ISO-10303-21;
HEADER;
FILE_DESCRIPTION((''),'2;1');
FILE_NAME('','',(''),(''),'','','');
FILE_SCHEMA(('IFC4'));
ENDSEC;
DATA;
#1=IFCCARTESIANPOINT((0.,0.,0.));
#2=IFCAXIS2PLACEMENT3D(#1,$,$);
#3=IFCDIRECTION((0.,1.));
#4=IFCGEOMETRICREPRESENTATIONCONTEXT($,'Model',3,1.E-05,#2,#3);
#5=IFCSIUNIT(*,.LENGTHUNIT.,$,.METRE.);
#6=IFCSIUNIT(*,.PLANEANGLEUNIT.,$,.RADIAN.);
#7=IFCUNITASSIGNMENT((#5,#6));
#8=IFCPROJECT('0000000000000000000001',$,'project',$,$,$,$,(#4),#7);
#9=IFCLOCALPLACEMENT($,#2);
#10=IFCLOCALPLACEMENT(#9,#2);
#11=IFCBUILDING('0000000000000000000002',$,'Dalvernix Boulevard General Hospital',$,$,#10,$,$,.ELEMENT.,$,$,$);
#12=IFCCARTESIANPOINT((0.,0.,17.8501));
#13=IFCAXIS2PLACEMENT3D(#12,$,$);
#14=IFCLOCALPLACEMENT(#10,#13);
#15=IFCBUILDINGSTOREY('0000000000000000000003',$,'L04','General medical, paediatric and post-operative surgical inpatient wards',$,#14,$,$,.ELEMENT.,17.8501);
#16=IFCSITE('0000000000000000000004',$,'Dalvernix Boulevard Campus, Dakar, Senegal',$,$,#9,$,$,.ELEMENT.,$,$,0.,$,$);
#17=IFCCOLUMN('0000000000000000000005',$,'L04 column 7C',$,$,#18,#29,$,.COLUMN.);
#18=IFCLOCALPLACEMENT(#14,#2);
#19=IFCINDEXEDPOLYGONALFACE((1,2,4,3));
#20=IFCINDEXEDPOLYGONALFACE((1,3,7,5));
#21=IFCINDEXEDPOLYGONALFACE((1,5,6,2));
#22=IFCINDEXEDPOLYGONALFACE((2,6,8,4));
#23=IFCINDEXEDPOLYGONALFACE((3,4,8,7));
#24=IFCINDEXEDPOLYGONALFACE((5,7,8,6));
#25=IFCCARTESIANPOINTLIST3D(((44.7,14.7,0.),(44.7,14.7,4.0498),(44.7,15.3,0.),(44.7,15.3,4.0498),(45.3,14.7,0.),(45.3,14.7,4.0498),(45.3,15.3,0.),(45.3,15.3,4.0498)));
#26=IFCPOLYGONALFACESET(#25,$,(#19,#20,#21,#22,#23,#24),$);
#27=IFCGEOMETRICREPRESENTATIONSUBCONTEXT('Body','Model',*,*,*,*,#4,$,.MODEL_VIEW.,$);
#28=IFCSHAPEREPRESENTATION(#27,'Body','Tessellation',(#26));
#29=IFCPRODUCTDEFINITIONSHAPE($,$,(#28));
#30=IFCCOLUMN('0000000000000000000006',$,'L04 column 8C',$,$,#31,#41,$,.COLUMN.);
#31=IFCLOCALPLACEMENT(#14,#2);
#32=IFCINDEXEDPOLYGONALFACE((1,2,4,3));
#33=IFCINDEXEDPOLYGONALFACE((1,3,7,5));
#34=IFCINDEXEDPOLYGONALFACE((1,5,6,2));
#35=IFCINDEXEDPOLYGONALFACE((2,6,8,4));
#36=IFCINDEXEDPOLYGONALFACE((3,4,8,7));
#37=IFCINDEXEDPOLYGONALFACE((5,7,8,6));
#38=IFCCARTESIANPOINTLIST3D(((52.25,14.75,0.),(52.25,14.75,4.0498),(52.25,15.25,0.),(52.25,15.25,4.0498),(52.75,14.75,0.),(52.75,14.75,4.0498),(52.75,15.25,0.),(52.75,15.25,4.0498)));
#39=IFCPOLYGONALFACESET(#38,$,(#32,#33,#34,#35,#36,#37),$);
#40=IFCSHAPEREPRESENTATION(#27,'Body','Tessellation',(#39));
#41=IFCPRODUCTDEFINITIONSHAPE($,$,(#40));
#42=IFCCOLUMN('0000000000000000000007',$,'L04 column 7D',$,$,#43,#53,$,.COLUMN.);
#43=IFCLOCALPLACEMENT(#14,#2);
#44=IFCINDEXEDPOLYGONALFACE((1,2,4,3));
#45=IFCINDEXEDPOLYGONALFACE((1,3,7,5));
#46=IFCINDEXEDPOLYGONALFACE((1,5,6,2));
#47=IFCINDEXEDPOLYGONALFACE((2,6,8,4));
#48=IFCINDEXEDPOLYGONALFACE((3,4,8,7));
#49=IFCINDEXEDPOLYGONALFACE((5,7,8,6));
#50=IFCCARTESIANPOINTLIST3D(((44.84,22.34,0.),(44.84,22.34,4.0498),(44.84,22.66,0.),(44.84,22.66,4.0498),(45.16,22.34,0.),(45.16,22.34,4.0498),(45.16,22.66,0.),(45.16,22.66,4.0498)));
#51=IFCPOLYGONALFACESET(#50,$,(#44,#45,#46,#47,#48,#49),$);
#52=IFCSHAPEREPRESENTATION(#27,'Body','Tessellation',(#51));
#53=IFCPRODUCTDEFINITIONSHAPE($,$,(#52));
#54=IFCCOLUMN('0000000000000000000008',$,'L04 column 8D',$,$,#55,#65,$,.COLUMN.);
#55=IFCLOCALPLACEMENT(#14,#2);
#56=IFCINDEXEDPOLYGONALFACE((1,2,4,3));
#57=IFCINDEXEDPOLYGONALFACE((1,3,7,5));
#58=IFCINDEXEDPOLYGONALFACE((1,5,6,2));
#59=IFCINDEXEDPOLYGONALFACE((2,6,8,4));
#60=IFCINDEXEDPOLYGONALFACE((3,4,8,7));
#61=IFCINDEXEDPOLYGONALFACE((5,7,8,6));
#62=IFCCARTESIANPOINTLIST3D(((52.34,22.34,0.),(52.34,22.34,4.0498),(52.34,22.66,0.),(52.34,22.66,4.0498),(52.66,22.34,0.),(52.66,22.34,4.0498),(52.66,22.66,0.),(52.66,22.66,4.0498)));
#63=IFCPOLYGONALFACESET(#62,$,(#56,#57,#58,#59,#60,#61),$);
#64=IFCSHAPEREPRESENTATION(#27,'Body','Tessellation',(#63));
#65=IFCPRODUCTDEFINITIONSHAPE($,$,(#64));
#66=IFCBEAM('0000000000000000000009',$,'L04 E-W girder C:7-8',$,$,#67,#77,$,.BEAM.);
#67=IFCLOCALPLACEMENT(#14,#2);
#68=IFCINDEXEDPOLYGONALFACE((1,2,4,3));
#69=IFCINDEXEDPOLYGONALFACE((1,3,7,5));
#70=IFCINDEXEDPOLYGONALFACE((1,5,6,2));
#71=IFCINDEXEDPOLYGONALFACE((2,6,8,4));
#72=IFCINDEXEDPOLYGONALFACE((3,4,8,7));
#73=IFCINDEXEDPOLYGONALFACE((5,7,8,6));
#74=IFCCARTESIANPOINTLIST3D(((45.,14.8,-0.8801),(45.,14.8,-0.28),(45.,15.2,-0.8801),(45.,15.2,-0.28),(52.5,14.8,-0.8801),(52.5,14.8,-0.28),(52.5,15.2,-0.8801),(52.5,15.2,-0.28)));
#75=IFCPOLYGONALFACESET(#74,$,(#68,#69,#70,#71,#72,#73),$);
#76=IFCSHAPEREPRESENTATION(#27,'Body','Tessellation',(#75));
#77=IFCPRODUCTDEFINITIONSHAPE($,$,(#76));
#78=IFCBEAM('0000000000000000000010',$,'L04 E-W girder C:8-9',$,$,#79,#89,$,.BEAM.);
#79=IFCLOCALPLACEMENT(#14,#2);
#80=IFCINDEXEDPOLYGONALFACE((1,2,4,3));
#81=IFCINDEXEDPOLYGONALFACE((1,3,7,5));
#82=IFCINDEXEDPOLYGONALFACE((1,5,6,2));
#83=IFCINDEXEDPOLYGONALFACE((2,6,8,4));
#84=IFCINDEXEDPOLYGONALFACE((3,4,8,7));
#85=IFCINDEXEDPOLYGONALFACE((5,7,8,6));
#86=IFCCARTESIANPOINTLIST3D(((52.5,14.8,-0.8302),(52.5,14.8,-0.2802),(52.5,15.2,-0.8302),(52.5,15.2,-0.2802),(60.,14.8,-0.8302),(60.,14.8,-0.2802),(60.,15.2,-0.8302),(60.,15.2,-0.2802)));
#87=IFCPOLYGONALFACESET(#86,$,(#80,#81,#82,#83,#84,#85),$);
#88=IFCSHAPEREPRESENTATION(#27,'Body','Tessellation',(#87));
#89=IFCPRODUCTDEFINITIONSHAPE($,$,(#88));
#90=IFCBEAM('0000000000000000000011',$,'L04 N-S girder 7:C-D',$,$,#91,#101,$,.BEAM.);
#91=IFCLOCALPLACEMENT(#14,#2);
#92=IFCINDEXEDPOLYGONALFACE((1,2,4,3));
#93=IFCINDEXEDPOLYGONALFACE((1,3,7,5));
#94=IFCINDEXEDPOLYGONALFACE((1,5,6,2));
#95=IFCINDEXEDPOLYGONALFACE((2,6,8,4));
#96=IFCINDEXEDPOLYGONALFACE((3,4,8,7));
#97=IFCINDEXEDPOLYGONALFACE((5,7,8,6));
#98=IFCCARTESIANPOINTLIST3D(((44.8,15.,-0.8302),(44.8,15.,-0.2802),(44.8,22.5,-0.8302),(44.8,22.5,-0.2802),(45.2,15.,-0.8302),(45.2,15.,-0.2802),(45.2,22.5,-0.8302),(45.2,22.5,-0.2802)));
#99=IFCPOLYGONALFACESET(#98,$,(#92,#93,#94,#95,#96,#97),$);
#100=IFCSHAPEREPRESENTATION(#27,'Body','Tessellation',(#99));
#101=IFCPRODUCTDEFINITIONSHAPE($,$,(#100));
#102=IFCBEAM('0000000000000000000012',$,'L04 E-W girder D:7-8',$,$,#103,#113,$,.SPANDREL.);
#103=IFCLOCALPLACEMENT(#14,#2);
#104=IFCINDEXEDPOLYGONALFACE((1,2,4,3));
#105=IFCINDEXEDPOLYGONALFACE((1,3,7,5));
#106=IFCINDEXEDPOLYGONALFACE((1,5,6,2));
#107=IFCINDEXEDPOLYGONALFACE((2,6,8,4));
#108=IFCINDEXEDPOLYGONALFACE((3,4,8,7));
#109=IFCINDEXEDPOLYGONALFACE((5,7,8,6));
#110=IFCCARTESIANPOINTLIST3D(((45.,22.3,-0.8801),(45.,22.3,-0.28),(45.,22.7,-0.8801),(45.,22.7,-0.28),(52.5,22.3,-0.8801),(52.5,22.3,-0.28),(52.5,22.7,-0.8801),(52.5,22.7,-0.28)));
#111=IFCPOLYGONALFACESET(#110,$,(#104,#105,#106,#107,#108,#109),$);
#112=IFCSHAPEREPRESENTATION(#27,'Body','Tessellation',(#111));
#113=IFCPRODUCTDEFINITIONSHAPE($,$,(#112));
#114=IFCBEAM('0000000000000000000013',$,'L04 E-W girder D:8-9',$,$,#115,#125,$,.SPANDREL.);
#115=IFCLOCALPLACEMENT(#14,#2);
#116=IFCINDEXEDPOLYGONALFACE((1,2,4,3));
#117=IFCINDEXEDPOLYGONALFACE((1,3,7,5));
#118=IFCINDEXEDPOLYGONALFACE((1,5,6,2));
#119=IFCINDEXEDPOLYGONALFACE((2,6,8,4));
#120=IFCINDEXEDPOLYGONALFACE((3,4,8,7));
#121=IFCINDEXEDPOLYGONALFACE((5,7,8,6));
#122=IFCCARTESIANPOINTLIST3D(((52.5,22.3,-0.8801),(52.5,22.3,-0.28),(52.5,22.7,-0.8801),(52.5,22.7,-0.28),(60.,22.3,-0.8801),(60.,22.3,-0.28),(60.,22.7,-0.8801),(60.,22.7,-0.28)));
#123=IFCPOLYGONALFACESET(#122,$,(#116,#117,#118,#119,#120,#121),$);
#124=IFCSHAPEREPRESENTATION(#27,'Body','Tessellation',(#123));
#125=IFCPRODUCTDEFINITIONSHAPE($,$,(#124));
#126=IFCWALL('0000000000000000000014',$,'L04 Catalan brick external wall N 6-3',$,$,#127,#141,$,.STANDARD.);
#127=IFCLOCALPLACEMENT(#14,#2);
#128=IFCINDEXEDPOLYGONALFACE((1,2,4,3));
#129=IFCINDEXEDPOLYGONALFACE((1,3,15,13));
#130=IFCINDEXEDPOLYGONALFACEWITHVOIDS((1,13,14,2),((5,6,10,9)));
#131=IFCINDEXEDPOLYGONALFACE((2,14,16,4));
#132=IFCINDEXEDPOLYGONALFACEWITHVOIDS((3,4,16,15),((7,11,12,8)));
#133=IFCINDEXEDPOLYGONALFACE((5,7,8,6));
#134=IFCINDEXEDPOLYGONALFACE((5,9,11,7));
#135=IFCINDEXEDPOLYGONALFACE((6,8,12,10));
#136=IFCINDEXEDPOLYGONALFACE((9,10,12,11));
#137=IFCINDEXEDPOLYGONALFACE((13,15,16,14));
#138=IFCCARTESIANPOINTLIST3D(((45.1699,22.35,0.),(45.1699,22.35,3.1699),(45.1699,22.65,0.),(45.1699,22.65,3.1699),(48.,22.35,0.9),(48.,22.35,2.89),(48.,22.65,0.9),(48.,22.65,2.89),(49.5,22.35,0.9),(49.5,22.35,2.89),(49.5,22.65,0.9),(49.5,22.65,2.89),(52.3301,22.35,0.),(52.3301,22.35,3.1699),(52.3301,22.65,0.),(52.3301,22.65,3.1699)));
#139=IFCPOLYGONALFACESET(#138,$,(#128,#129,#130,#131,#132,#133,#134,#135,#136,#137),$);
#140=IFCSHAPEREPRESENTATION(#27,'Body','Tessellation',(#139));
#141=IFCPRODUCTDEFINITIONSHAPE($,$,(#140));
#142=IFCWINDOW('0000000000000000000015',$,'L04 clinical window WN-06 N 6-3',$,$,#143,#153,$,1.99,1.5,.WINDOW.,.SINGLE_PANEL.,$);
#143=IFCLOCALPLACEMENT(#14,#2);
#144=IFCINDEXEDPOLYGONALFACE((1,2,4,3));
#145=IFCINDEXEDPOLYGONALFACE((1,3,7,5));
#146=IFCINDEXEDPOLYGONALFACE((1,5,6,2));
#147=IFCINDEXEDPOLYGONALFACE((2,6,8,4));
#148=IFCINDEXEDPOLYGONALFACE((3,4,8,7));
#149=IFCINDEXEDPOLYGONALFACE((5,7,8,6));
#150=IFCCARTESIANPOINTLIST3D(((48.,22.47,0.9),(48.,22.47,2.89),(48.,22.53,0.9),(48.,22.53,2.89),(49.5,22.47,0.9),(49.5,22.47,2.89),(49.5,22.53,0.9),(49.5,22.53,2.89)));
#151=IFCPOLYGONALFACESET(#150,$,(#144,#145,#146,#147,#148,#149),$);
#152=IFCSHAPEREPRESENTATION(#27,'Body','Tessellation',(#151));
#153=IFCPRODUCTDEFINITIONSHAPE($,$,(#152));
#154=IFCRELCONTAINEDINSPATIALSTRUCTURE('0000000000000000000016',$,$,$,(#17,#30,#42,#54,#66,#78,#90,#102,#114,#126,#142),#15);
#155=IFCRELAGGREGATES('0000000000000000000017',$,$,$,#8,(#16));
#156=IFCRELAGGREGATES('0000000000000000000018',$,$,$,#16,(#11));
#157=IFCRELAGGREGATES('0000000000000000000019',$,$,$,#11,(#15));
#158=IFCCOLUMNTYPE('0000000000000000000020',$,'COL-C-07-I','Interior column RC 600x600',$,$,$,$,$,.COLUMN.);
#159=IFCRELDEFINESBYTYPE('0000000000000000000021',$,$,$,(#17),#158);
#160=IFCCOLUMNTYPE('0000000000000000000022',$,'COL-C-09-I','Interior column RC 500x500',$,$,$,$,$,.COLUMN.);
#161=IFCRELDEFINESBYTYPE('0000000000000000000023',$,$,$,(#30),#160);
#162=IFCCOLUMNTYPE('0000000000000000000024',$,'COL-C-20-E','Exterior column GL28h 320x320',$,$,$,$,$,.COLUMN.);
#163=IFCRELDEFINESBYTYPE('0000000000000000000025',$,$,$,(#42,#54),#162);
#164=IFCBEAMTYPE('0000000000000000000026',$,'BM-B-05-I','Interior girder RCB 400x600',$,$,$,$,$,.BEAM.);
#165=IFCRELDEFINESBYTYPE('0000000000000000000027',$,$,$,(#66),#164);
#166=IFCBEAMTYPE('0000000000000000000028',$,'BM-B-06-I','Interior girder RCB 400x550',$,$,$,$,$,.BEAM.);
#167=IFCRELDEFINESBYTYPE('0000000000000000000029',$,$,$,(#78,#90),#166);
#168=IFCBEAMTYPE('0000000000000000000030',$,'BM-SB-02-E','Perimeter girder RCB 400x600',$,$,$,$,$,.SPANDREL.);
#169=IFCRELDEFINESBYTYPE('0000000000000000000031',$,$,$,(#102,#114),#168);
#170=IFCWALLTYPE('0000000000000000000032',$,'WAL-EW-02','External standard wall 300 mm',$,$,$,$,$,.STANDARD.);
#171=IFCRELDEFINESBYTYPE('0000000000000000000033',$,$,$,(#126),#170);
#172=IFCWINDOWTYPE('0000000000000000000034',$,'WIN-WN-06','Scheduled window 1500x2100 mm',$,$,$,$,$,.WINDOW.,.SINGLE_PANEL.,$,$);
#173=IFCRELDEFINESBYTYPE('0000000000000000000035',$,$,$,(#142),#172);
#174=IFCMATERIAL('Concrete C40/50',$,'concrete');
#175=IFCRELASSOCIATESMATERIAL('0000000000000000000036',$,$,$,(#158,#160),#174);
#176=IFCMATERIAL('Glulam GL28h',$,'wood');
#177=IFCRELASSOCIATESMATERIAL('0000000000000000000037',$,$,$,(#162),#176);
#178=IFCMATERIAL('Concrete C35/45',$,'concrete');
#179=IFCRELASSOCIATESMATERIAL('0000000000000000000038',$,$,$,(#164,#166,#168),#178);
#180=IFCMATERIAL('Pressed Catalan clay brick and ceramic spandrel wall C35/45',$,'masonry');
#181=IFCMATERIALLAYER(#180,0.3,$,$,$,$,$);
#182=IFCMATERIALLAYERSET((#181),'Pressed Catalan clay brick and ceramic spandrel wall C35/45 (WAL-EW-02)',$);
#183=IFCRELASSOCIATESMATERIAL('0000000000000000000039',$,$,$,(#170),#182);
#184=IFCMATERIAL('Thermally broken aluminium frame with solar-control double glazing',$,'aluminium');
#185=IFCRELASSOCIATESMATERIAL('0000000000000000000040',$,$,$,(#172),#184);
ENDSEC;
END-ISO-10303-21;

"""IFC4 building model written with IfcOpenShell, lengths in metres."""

from ifc_helpers import new_model, si_unit, direction, frame, frame_2d, origin, origin_2d, place, context, subcontext, project, spatial, rectangle, extrude, material, layer, layer_set, material_profile, profile_set, type_object, element, fill, save


model = new_model("IFC4")

# Units and contexts
model_context = context("Model", 3, precision=1e-05, world=origin(), true_north=direction((0.0, 1.0)))
body_context = subcontext(model_context, "Body", "Model", "MODEL_VIEW")
ifc_project = project(units=[si_unit("LENGTHUNIT", "METRE"), si_unit("PLANEANGLEUNIT", "RADIAN")], contexts=[model_context])

# Site, building, storey
site_placement = place(None, origin())
site = spatial("IfcSite", under=ifc_project, at=site_placement, Name="Dalvernix Boulevard Campus, Dakar, Senegal", CompositionType="ELEMENT", RefElevation=0.0)
building_placement = place(site_placement, origin())
building = spatial("IfcBuilding", under=site, at=building_placement, Name="Dalvernix Boulevard General Hospital", CompositionType="ELEMENT")
storey_placement = place(building_placement, frame((0.0, 0.0, 17.8501)))
storey = spatial("IfcBuildingStorey", under=building, at=storey_placement, Name="L04", Description="General medical, paediatric and post-operative surgical inpatient wards", CompositionType="ELEMENT", Elevation=17.8501)

# Columns
ifc_material_1 = material(Name="Concrete C40/50", Category="concrete")
ifc_material_profile_1 = material_profile(ifc_material_1, rectangle(XDim=0.6001, YDim=0.6001, at=origin_2d()), Name="RC 600x600")
ifc_profile_set_1 = profile_set([ifc_material_profile_1], Name="Concrete C40/50")
column_type_1 = type_object("IfcColumnType", Name="COL-C-07-I", Description="Interior column RC 600x600", PredefinedType="COLUMN", material=ifc_profile_set_1)
column_1_placement = place(storey_placement, frame((45.0, 15.0, 0.0), z_axis=(0.0, 0.0, 1.0), x_axis=(1.0, 0.0, 0.0)))
element("IfcColumn", 1, at=column_1_placement, inside=storey, type_object=column_type_1, Name="L04 column 7C", PredefinedType="COLUMN", context=body_context, shape_type="SweptSolid", body=[
    extrude(rectangle(XDim=0.6001, YDim=0.6001, at=origin_2d()), origin(), (0.0, 0.0, 1.0), 4.0498),
])
ifc_material_profile_2 = material_profile(ifc_material_1, rectangle(XDim=0.5, YDim=0.5, at=origin_2d()), Name="RC 500x500")
ifc_profile_set_2 = profile_set([ifc_material_profile_2], Name="Concrete C40/50")
column_type_2 = type_object("IfcColumnType", Name="COL-C-09-I", Description="Interior column RC 500x500", PredefinedType="COLUMN", material=ifc_profile_set_2)
column_2_placement = place(storey_placement, frame((52.5, 15.0, 0.0), z_axis=(0.0, 0.0, 1.0), x_axis=(1.0, 0.0, 0.0)))
element("IfcColumn", 2, at=column_2_placement, inside=storey, type_object=column_type_2, Name="L04 column 8C", PredefinedType="COLUMN", context=body_context, shape_type="SweptSolid", body=[
    extrude(rectangle(XDim=0.5, YDim=0.5, at=origin_2d()), origin(), (0.0, 0.0, 1.0), 4.0498),
])
ifc_material_2 = material(Name="Glulam GL28h", Category="wood")
ifc_material_profile_3 = material_profile(ifc_material_2, rectangle(XDim=0.3201, YDim=0.3201, at=origin_2d()), Name="GL28h 320x320")
ifc_profile_set_3 = profile_set([ifc_material_profile_3], Name="Glulam GL28h")
column_type_3 = type_object("IfcColumnType", Name="COL-C-20-E", Description="Exterior column GL28h 320x320", PredefinedType="COLUMN", material=ifc_profile_set_3)
for number, where, z_axis, x_axis, name in (
    (3, (45.0, 22.5, 0.0), (0.0, 0.0, 1.0), (1.0, 0.0, 0.0), "L04 column 7D"),
    (4, (52.5, 22.5, 0.0), (0.0, 0.0, 1.0), (1.0, 0.0, 0.0), "L04 column 8D"),
):
    element("IfcColumn", number, at=place(storey_placement, frame(where, z_axis=z_axis, x_axis=x_axis)), inside=storey, type_object=column_type_3, Name=name, PredefinedType="COLUMN", context=body_context, shape_type="SweptSolid", body=[
        extrude(rectangle(XDim=0.3201, YDim=0.3201, at=origin_2d()), origin(), (0.0, 0.0, 1.0), 4.0498),
    ])

# Beams
ifc_material_3 = material(Name="Concrete C35/45", Category="concrete")
ifc_material_profile_4 = material_profile(ifc_material_3, rectangle(XDim=0.3999, YDim=0.6001, at=origin_2d()), Name="RCB 400x600")
ifc_profile_set_4 = profile_set([ifc_material_profile_4], Name="Concrete C35/45")
beam_type_1 = type_object("IfcBeamType", Name="BM-B-05-I", Description="Interior girder RCB 400x600", PredefinedType="BEAM", material=ifc_profile_set_4)
beam_placement = place(storey_placement, frame((45.0, 15.0, -0.5801), z_axis=(1.0, 0.0, 0.0), x_axis=(0.0, 1.0, 0.0)))
element("IfcBeam", 5, at=beam_placement, inside=storey, type_object=beam_type_1, Name="L04 E-W girder C:7-8", PredefinedType="BEAM", context=body_context, shape_type="SweptSolid", body=[
    extrude(rectangle(XDim=0.3999, YDim=0.6001, at=origin_2d()), origin(), (0.0, 0.0, 1.0), 7.5),
])
ifc_material_profile_5 = material_profile(ifc_material_3, rectangle(XDim=0.3999, YDim=0.55, at=origin_2d()), Name="RCB 400x550")
ifc_profile_set_5 = profile_set([ifc_material_profile_5], Name="Concrete C35/45")
beam_type_2 = type_object("IfcBeamType", Name="BM-B-06-I", Description="Interior girder RCB 400x550", PredefinedType="BEAM", material=ifc_profile_set_5)
for number, where, z_axis, x_axis, name in (
    (6, (52.5, 15.0, -0.5552), (1.0, 0.0, 0.0), (0.0, 1.0, 0.0), "L04 E-W girder C:8-9"),
    (7, (45.0, 15.0, -0.5552), (0.0, 1.0, 0.0), (-1.0, 0.0, 0.0), "L04 N-S girder 7:C-D"),
):
    element("IfcBeam", number, at=place(storey_placement, frame(where, z_axis=z_axis, x_axis=x_axis)), inside=storey, type_object=beam_type_2, Name=name, PredefinedType="BEAM", context=body_context, shape_type="SweptSolid", body=[
        extrude(rectangle(XDim=0.3999, YDim=0.55, at=origin_2d()), origin(), (0.0, 0.0, 1.0), 7.5),
    ])
ifc_material_profile_6 = material_profile(ifc_material_3, rectangle(XDim=0.3999, YDim=0.6001, at=origin_2d()), Name="RCB 400x600")
ifc_profile_set_6 = profile_set([ifc_material_profile_6], Name="Concrete C35/45")
beam_type_3 = type_object("IfcBeamType", Name="BM-SB-02-E", Description="Perimeter girder RCB 400x600", PredefinedType="SPANDREL", material=ifc_profile_set_6)
for number, where, z_axis, x_axis, name in (
    (8, (45.0, 22.5, -0.5801), (1.0, 0.0, 0.0), (0.0, 1.0, 0.0), "L04 E-W girder D:7-8"),
    (9, (52.5, 22.5, -0.5801), (1.0, 0.0, 0.0), (0.0, 1.0, 0.0), "L04 E-W girder D:8-9"),
):
    element("IfcBeam", number, at=place(storey_placement, frame(where, z_axis=z_axis, x_axis=x_axis)), inside=storey, type_object=beam_type_3, Name=name, PredefinedType="SPANDREL", context=body_context, shape_type="SweptSolid", body=[
        extrude(rectangle(XDim=0.3999, YDim=0.6001, at=origin_2d()), origin(), (0.0, 0.0, 1.0), 7.5),
    ])

# Wall, opening, window
ifc_material_4 = material(Name="Pressed Catalan clay brick and ceramic spandrel wall C35/45", Category="masonry")
ifc_layer_1 = layer(ifc_material_4, 0.3)
ifc_layer_set_1 = layer_set([ifc_layer_1], Name="Pressed Catalan clay brick and ceramic spandrel wall C35/45 (WAL-EW-02)")
wall_type_1 = type_object("IfcWallType", Name="WAL-EW-02", Description="External standard wall 300 mm", PredefinedType="STANDARD", material=ifc_layer_set_1)
wall_1_placement = place(storey_placement, frame((45.1699, 22.5, 0.0), z_axis=(0.0, 0.0, 1.0), x_axis=(1.0, 0.0, 0.0)))
wall_1 = element("IfcWall", 10, at=wall_1_placement, inside=storey, type_object=wall_type_1, Name="L04 Catalan brick external wall N 6-3", PredefinedType="STANDARD", context=body_context, shape_type="SweptSolid", body=[
    extrude(rectangle(XDim=7.1602, YDim=0.3, at=frame_2d((3.5801, 0.0))), origin(), (0.0, 0.0, 1.0), 3.1699),
])
opening_1_placement = place(wall_1_placement, frame((2.8301, 0.0, 0.8999)))
opening_1 = element("IfcOpeningElement", 11, at=opening_1_placement, cuts=wall_1, PredefinedType="OPENING", context=body_context, shape_type="SweptSolid", body=[
    extrude(rectangle(XDim=1.5, YDim=1.99, at=frame_2d((0.75, 0.9951))), frame((0.0, 0.1599, 0.0), z_axis=(0.0, -1.0, 0.0), x_axis=(1.0, 0.0, 0.0)), (0.0, 0.0, 1.0), 0.3201),
])
ifc_material_5 = material(Name="Thermally broken aluminium frame with solar-control double glazing", Category="aluminium")
window_type = type_object("IfcWindowType", Name="WIN-WN-06", Description="Scheduled window 1500x2100 mm", PartitioningType="SINGLE_PANEL", PredefinedType="WINDOW", material=ifc_material_5)
window_placement = place(opening_1_placement, origin())
window = element("IfcWindow", 12, at=window_placement, inside=storey, type_object=window_type, Name="L04 clinical window WN-06 N 6-3", OverallHeight=1.99, OverallWidth=1.5, PartitioningType="SINGLE_PANEL", PredefinedType="WINDOW", context=body_context, shape_type="SweptSolid", body=[
    extrude(rectangle(XDim=1.5, YDim=1.99, at=frame_2d((0.75, 0.9951))), frame((0.0, 0.03, 0.0), z_axis=(0.0, -1.0, 0.0), x_axis=(1.0, 0.0, 0.0)), (0.0, 0.0, 1.0), 0.0601),
])
fill(opening_1, window)

save(model, "model.ifc")
